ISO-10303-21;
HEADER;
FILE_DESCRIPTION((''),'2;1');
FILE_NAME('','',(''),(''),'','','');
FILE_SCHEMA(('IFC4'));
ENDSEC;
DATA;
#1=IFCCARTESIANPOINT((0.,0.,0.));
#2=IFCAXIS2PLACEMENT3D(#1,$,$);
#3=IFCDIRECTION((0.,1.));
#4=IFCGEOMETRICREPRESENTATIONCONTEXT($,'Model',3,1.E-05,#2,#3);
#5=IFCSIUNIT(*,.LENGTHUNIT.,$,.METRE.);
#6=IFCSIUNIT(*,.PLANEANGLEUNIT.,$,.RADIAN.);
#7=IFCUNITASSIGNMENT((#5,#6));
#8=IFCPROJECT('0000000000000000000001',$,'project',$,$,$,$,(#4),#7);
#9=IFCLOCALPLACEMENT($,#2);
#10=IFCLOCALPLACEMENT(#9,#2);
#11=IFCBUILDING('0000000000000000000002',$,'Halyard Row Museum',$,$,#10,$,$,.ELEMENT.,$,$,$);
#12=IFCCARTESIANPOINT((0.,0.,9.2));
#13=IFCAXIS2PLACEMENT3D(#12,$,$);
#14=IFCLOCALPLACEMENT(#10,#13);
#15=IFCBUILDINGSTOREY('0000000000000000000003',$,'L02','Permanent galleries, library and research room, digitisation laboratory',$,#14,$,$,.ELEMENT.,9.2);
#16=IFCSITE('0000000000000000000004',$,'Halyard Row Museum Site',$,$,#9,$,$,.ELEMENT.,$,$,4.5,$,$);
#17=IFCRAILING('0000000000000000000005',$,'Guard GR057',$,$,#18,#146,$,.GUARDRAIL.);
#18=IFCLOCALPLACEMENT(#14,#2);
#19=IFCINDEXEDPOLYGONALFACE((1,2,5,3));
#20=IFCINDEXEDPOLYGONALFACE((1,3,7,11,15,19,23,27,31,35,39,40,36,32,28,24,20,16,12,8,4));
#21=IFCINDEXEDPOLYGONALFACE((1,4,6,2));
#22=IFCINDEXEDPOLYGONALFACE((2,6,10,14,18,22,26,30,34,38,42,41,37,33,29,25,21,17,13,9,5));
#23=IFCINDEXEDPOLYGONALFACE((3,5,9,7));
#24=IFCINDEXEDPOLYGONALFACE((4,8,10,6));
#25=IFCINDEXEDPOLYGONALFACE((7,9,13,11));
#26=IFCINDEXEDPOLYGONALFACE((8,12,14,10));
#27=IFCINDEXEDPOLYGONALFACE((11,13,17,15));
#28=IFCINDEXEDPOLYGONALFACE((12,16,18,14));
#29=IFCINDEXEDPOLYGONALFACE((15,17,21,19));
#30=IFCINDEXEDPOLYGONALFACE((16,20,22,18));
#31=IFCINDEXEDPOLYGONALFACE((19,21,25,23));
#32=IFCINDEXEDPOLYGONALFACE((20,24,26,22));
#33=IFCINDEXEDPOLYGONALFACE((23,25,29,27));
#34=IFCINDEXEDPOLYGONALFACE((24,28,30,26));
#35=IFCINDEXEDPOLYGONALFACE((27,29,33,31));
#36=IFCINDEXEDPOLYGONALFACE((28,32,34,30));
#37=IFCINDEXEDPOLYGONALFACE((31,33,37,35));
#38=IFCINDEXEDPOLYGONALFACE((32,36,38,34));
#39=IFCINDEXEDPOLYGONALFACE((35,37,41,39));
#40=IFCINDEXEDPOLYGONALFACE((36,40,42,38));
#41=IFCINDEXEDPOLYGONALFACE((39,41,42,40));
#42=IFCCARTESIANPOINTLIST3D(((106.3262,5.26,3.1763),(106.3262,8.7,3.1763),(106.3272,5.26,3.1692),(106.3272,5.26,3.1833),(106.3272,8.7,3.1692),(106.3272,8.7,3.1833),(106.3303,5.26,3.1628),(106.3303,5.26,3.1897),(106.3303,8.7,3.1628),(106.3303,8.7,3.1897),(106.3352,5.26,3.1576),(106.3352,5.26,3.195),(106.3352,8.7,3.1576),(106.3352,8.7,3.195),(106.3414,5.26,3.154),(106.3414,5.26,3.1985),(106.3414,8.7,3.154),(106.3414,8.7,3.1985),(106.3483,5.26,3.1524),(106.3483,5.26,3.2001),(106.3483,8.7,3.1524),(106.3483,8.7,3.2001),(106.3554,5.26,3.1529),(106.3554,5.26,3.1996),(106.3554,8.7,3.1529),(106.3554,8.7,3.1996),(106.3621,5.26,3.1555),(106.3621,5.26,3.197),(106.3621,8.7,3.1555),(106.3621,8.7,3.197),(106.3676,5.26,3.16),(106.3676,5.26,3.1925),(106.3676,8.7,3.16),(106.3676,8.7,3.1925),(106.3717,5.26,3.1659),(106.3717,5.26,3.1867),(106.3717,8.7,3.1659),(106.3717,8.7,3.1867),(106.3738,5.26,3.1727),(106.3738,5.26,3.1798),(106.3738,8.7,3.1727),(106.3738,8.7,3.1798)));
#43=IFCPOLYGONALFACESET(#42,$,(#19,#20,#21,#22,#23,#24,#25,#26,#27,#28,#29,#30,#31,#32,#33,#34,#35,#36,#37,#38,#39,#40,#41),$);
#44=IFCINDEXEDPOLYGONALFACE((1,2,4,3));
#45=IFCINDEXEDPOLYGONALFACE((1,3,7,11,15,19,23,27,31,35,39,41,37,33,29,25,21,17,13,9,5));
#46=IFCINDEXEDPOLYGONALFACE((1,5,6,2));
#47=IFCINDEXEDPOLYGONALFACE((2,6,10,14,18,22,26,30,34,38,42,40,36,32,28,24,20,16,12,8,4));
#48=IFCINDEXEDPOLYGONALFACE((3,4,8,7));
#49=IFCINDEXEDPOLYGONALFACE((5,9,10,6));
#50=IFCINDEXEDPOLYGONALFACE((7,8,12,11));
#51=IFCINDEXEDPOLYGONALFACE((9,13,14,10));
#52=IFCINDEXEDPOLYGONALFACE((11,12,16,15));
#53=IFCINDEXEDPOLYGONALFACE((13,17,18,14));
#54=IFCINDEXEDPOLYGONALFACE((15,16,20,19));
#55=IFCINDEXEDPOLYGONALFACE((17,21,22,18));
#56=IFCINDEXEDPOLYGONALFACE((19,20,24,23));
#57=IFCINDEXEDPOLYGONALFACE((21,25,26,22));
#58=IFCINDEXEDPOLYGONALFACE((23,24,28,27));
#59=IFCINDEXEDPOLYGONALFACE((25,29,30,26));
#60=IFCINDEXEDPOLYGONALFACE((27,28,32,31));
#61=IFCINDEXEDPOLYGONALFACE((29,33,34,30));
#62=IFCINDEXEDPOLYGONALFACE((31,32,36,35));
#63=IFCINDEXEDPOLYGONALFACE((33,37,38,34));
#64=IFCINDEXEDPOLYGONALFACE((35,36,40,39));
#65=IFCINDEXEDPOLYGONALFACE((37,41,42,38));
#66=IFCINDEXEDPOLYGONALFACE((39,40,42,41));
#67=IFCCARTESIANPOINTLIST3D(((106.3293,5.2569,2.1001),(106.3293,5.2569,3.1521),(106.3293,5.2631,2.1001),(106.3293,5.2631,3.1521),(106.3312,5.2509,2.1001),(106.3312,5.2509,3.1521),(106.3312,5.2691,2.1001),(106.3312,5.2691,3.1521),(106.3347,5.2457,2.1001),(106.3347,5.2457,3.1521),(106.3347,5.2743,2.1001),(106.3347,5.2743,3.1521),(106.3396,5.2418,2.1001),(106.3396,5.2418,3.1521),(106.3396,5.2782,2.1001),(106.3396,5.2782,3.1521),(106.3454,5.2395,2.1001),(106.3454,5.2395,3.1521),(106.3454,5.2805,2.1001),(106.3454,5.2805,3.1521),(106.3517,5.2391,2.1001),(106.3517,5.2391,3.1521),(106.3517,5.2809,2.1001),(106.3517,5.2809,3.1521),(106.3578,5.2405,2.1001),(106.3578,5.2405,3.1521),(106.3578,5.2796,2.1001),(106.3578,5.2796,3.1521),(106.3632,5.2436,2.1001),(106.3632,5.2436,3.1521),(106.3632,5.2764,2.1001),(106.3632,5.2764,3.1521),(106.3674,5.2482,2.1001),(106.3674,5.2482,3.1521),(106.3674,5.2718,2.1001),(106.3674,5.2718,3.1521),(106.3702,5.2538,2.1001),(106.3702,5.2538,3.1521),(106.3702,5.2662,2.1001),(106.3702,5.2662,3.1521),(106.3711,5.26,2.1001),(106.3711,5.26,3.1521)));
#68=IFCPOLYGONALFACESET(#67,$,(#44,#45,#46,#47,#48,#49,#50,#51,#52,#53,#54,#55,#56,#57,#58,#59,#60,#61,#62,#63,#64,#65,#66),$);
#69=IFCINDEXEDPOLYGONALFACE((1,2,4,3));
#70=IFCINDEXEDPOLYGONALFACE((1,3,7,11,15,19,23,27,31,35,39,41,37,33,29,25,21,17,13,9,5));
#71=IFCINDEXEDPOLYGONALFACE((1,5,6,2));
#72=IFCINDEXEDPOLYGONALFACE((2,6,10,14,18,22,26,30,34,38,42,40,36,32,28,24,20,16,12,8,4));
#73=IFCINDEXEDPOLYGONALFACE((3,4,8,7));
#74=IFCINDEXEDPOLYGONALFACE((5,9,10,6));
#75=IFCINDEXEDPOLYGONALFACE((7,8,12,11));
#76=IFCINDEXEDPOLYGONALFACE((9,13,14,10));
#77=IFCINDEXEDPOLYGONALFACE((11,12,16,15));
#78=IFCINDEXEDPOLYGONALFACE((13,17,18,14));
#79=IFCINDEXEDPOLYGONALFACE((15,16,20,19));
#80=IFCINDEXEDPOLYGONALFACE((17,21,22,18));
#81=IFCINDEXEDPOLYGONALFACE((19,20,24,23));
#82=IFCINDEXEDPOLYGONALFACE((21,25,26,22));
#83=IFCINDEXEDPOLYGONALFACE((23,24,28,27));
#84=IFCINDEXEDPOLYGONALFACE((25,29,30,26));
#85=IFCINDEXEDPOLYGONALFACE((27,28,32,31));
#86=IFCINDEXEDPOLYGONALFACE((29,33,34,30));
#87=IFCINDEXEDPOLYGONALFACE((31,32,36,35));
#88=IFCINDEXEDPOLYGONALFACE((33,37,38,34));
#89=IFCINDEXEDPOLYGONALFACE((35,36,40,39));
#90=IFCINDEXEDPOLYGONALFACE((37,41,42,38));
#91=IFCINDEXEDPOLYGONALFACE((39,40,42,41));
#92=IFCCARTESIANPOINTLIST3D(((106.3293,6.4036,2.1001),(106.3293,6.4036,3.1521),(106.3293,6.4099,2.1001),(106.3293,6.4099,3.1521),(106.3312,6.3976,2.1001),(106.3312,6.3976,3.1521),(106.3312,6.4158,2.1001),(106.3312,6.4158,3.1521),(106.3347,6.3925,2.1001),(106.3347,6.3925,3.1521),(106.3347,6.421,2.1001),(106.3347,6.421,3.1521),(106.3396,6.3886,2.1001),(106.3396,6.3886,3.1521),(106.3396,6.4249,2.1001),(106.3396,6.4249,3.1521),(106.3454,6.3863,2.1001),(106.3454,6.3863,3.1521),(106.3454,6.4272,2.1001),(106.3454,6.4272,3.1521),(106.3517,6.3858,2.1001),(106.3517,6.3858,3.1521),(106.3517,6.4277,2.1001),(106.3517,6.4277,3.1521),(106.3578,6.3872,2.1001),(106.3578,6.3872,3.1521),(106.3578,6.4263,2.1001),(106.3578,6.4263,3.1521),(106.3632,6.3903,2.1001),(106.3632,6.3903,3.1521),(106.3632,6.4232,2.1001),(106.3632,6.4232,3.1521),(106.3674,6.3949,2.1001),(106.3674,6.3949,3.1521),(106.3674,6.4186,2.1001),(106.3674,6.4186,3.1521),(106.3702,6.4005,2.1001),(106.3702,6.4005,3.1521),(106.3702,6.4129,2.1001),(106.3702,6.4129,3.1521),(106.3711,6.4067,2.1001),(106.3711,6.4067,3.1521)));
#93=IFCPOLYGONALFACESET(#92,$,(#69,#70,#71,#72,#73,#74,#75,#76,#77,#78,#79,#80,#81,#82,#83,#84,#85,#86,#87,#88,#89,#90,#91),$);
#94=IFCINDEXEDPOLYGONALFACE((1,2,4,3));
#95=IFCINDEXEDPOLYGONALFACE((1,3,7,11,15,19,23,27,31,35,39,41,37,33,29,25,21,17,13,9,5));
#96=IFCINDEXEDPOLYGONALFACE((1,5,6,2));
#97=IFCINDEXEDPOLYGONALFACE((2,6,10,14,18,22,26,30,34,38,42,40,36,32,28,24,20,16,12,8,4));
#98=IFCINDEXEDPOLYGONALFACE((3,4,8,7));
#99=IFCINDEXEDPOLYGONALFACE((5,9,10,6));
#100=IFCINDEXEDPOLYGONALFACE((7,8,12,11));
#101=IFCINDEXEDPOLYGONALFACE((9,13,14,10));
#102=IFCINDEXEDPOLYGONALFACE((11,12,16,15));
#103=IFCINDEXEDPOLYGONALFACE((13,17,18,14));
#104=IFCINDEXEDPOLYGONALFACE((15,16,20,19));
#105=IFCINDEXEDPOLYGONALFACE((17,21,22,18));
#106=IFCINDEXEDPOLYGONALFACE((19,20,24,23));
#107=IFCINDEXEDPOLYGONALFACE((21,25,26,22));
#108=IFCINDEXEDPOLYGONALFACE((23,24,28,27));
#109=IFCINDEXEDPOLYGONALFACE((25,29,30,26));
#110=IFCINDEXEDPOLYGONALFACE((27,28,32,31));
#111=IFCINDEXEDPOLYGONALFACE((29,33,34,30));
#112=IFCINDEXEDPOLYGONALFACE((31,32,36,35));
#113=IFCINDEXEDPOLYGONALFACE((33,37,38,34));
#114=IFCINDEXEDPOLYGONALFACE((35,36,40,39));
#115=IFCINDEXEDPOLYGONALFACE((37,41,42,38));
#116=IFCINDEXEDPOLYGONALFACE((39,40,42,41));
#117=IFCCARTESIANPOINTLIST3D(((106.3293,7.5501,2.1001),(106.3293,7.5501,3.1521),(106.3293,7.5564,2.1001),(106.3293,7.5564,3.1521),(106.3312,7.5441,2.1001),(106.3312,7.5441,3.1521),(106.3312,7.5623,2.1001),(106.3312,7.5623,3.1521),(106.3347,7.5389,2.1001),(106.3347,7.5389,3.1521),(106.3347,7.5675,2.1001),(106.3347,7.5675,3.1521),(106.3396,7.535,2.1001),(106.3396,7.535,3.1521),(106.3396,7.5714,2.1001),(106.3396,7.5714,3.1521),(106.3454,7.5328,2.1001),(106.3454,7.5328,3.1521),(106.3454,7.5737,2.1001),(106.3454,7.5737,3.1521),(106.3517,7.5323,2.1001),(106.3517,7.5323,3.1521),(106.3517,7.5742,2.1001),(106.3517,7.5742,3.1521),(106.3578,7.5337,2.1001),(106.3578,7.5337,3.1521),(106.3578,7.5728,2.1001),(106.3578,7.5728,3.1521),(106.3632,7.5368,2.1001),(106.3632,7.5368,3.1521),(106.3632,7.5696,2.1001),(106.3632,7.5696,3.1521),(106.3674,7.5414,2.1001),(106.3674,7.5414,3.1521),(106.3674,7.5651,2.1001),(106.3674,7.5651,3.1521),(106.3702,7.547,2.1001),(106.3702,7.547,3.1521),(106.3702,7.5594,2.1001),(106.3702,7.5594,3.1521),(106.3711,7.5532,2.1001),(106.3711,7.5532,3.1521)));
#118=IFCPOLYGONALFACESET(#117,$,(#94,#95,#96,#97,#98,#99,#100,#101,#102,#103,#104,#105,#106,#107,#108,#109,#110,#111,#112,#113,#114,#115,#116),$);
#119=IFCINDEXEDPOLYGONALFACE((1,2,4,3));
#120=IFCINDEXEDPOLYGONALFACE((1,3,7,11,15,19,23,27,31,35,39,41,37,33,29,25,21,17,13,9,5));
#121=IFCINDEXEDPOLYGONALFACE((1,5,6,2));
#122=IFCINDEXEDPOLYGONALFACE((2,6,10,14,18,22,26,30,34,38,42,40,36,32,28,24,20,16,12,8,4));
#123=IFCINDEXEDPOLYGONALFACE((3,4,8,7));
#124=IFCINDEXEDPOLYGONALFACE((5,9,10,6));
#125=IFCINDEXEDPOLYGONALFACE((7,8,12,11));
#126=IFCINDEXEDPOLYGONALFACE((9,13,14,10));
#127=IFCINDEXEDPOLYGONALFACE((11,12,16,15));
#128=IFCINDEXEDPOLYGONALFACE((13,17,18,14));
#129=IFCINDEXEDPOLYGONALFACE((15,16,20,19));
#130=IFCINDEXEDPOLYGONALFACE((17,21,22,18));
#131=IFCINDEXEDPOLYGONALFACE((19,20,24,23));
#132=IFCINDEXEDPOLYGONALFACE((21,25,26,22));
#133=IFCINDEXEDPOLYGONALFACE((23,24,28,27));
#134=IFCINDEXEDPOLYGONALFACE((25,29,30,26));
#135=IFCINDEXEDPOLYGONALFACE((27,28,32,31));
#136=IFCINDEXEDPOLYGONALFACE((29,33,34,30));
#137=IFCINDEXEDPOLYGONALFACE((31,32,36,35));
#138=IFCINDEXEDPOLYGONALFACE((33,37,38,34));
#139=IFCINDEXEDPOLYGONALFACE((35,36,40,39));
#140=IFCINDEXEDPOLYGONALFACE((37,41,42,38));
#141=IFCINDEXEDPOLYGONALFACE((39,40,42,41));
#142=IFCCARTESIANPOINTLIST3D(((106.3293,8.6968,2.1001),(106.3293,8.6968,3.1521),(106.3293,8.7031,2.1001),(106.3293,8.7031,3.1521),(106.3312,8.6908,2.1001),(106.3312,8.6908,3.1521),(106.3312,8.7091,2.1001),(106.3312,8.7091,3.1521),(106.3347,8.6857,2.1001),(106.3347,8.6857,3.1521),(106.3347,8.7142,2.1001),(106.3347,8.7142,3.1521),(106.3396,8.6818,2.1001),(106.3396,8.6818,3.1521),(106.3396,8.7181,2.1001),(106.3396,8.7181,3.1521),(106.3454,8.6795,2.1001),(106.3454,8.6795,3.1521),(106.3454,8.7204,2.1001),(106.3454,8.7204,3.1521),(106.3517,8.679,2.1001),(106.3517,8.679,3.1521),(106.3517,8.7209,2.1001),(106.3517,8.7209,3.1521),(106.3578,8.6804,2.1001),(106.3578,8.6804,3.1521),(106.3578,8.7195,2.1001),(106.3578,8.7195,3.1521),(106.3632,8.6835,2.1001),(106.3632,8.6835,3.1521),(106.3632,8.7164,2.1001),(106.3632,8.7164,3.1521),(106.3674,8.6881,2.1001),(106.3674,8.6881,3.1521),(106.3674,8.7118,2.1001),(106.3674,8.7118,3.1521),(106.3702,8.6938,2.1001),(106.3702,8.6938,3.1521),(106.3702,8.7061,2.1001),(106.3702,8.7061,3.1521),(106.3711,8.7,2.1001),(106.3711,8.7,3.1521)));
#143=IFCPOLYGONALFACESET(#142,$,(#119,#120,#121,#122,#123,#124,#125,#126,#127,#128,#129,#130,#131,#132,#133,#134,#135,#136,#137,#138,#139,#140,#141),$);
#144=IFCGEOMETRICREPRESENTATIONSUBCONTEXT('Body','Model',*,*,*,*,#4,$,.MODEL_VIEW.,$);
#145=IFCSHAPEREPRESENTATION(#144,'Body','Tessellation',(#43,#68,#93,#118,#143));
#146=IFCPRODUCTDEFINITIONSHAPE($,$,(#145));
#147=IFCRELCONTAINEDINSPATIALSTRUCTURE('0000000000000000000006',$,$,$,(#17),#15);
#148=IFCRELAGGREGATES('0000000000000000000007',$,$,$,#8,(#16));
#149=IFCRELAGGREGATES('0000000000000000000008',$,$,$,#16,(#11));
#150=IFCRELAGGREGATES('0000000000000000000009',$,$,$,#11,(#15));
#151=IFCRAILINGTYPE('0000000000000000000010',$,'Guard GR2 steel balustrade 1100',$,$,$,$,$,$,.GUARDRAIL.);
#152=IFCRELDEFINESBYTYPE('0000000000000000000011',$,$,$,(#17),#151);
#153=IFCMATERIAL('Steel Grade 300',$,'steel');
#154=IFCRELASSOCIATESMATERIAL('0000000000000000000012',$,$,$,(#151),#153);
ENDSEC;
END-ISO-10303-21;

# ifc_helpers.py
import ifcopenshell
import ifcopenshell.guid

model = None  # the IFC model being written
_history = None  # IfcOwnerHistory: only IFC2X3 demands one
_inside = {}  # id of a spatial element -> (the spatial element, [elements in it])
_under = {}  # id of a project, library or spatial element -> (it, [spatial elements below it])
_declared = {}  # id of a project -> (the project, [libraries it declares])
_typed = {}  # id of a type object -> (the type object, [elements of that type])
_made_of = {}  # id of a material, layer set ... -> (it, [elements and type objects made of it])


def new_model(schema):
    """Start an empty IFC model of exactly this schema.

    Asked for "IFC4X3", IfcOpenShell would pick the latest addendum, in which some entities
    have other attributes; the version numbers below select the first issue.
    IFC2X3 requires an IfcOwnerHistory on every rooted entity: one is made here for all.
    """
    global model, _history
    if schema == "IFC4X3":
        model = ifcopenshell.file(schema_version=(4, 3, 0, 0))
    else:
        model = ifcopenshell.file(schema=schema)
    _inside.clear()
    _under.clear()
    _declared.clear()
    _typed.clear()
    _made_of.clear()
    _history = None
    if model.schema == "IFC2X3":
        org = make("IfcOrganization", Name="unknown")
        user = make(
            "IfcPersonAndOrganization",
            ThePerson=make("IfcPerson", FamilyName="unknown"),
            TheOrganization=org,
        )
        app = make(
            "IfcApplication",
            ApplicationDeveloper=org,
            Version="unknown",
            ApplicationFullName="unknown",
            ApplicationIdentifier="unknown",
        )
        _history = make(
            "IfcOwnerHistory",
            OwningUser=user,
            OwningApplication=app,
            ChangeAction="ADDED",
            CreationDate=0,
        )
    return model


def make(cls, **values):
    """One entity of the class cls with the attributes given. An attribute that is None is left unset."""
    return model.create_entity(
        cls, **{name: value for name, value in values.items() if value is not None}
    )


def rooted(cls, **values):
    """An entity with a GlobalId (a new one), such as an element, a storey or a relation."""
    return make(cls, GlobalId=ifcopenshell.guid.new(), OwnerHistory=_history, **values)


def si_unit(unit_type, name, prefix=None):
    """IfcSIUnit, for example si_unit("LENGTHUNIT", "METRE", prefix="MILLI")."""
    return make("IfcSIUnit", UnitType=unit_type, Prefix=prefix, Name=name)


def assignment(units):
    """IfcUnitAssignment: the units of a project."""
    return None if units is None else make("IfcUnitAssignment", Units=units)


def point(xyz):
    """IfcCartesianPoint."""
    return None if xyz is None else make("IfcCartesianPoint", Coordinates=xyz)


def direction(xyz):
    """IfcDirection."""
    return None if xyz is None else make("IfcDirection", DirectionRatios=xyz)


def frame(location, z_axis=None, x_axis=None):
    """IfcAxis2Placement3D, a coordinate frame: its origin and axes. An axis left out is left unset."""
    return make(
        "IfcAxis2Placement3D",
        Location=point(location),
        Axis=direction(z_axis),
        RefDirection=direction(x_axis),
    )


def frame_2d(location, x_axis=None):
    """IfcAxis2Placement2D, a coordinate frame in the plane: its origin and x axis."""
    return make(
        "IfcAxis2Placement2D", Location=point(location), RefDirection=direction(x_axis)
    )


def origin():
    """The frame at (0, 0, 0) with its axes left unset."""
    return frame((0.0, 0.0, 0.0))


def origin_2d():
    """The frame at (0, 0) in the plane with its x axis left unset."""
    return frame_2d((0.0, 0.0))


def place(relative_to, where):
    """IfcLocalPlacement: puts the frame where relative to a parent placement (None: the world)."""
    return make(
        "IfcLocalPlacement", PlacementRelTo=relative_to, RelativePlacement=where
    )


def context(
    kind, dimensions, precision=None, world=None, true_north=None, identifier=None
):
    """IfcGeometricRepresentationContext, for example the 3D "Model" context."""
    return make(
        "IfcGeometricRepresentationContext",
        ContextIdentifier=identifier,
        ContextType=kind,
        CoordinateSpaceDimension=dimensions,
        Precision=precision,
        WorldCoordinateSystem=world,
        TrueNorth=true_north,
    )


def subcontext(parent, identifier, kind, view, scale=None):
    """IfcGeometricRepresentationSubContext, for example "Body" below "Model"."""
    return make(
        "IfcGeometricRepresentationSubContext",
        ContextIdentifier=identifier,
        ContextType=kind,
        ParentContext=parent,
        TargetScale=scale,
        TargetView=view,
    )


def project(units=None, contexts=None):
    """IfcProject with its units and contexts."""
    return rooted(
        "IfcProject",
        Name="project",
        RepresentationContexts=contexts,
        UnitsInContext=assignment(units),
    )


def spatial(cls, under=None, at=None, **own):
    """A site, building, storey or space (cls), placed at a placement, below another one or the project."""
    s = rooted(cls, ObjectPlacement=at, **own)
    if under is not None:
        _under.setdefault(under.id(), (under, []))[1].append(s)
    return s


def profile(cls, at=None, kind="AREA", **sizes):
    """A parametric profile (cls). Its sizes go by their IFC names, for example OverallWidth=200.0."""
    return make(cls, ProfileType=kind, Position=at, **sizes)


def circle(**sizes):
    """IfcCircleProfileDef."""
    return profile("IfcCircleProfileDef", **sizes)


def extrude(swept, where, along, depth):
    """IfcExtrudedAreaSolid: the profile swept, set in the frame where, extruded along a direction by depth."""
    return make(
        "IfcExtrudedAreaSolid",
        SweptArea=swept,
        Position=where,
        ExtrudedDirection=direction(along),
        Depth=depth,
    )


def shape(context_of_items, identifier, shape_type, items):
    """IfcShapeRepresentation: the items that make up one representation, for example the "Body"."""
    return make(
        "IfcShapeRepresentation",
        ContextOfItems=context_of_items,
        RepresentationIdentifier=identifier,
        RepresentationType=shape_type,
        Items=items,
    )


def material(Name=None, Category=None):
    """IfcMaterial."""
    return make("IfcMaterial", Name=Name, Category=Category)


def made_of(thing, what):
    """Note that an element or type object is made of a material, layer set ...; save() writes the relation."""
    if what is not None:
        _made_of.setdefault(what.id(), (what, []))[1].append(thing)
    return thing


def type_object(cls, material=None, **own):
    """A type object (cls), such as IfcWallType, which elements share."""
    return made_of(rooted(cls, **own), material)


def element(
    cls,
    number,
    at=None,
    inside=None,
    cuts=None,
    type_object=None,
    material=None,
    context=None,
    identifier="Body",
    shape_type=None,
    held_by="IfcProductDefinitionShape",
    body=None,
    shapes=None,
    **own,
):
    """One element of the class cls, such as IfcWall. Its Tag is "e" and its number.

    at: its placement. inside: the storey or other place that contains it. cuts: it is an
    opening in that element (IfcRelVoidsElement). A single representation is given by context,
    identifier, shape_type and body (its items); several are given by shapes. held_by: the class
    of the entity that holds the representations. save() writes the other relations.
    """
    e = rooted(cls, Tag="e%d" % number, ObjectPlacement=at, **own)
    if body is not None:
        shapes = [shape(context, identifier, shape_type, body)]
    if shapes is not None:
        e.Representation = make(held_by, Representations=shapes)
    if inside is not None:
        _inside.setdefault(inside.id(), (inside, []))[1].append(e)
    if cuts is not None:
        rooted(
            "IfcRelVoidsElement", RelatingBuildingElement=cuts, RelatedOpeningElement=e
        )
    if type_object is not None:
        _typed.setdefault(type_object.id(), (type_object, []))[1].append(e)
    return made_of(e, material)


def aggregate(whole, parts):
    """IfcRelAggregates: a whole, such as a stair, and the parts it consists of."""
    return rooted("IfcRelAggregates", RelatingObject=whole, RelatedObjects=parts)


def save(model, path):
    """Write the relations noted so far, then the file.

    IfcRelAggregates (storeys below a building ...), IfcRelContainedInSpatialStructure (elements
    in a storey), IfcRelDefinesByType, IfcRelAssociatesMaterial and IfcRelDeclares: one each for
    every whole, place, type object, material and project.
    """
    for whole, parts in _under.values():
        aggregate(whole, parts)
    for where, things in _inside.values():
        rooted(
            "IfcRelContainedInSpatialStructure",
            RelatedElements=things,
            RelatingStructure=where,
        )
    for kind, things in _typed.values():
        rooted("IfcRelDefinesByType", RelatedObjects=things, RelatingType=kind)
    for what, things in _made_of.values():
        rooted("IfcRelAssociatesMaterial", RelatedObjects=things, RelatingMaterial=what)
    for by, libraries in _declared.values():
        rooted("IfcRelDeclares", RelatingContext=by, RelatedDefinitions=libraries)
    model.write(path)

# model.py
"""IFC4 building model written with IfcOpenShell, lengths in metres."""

from ifc_helpers import new_model, si_unit, direction, frame, origin, origin_2d, place, context, subcontext, project, spatial, circle, extrude, material, type_object, element, save


model = new_model("IFC4")

# Units and contexts
model_context = context("Model", 3, precision=1e-05, world=origin(), true_north=direction((0.0, 1.0)))
body_context = subcontext(model_context, "Body", "Model", "MODEL_VIEW")
ifc_project = project(units=[si_unit("LENGTHUNIT", "METRE"), si_unit("PLANEANGLEUNIT", "RADIAN")], contexts=[model_context])

# Site, building, storey
site_placement = place(None, origin())
site = spatial("IfcSite", under=ifc_project, at=site_placement, Name="Halyard Row Museum Site", CompositionType="ELEMENT", RefElevation=4.5)
building_placement = place(site_placement, origin())
building = spatial("IfcBuilding", under=site, at=building_placement, Name="Halyard Row Museum", CompositionType="ELEMENT")
storey_placement = place(building_placement, frame((0.0, 0.0, 9.2)))
storey = spatial("IfcBuildingStorey", under=building, at=storey_placement, Name="L02", Description="Permanent galleries, library and research room, digitisation laboratory", CompositionType="ELEMENT", Elevation=9.2)

# Railing
ifc_material_1 = material(Name="Steel Grade 300", Category="steel")
railing_type_1 = type_object("IfcRailingType", Name="Guard GR2 steel balustrade 1100", PredefinedType="GUARDRAIL", material=ifc_material_1)
railing_1_placement = place(storey_placement, frame((106.3501, 5.26, 2.1001)))
element("IfcRailing", 1, at=railing_1_placement, inside=storey, type_object=railing_type_1, Name="Guard GR057", PredefinedType="GUARDRAIL", context=body_context, shape_type="SweptSolid", body=[
    extrude(circle(Radius=0.0239, at=origin_2d()), frame((0.0, 0.0, 1.0762), z_axis=(0.0, 1.0, 0.0), x_axis=(-1.0, 0.0, 0.0)), (0.0, 0.0, 1.0), 3.4399),
    extrude(circle(Radius=0.021, at=origin_2d()), origin(), (0.0, 0.0, 1.0), 1.052),
    extrude(circle(Radius=0.021, at=origin_2d()), frame((0.0, 1.1467, 0.0)), (0.0, 0.0, 1.0), 1.052),
    extrude(circle(Radius=0.021, at=origin_2d()), frame((0.0, 2.2932, 0.0)), (0.0, 0.0, 1.0), 1.052),
    extrude(circle(Radius=0.021, at=origin_2d()), frame((0.0, 3.4399, 0.0)), (0.0, 0.0, 1.0), 1.052),
])

save(model, "model.ifc")
